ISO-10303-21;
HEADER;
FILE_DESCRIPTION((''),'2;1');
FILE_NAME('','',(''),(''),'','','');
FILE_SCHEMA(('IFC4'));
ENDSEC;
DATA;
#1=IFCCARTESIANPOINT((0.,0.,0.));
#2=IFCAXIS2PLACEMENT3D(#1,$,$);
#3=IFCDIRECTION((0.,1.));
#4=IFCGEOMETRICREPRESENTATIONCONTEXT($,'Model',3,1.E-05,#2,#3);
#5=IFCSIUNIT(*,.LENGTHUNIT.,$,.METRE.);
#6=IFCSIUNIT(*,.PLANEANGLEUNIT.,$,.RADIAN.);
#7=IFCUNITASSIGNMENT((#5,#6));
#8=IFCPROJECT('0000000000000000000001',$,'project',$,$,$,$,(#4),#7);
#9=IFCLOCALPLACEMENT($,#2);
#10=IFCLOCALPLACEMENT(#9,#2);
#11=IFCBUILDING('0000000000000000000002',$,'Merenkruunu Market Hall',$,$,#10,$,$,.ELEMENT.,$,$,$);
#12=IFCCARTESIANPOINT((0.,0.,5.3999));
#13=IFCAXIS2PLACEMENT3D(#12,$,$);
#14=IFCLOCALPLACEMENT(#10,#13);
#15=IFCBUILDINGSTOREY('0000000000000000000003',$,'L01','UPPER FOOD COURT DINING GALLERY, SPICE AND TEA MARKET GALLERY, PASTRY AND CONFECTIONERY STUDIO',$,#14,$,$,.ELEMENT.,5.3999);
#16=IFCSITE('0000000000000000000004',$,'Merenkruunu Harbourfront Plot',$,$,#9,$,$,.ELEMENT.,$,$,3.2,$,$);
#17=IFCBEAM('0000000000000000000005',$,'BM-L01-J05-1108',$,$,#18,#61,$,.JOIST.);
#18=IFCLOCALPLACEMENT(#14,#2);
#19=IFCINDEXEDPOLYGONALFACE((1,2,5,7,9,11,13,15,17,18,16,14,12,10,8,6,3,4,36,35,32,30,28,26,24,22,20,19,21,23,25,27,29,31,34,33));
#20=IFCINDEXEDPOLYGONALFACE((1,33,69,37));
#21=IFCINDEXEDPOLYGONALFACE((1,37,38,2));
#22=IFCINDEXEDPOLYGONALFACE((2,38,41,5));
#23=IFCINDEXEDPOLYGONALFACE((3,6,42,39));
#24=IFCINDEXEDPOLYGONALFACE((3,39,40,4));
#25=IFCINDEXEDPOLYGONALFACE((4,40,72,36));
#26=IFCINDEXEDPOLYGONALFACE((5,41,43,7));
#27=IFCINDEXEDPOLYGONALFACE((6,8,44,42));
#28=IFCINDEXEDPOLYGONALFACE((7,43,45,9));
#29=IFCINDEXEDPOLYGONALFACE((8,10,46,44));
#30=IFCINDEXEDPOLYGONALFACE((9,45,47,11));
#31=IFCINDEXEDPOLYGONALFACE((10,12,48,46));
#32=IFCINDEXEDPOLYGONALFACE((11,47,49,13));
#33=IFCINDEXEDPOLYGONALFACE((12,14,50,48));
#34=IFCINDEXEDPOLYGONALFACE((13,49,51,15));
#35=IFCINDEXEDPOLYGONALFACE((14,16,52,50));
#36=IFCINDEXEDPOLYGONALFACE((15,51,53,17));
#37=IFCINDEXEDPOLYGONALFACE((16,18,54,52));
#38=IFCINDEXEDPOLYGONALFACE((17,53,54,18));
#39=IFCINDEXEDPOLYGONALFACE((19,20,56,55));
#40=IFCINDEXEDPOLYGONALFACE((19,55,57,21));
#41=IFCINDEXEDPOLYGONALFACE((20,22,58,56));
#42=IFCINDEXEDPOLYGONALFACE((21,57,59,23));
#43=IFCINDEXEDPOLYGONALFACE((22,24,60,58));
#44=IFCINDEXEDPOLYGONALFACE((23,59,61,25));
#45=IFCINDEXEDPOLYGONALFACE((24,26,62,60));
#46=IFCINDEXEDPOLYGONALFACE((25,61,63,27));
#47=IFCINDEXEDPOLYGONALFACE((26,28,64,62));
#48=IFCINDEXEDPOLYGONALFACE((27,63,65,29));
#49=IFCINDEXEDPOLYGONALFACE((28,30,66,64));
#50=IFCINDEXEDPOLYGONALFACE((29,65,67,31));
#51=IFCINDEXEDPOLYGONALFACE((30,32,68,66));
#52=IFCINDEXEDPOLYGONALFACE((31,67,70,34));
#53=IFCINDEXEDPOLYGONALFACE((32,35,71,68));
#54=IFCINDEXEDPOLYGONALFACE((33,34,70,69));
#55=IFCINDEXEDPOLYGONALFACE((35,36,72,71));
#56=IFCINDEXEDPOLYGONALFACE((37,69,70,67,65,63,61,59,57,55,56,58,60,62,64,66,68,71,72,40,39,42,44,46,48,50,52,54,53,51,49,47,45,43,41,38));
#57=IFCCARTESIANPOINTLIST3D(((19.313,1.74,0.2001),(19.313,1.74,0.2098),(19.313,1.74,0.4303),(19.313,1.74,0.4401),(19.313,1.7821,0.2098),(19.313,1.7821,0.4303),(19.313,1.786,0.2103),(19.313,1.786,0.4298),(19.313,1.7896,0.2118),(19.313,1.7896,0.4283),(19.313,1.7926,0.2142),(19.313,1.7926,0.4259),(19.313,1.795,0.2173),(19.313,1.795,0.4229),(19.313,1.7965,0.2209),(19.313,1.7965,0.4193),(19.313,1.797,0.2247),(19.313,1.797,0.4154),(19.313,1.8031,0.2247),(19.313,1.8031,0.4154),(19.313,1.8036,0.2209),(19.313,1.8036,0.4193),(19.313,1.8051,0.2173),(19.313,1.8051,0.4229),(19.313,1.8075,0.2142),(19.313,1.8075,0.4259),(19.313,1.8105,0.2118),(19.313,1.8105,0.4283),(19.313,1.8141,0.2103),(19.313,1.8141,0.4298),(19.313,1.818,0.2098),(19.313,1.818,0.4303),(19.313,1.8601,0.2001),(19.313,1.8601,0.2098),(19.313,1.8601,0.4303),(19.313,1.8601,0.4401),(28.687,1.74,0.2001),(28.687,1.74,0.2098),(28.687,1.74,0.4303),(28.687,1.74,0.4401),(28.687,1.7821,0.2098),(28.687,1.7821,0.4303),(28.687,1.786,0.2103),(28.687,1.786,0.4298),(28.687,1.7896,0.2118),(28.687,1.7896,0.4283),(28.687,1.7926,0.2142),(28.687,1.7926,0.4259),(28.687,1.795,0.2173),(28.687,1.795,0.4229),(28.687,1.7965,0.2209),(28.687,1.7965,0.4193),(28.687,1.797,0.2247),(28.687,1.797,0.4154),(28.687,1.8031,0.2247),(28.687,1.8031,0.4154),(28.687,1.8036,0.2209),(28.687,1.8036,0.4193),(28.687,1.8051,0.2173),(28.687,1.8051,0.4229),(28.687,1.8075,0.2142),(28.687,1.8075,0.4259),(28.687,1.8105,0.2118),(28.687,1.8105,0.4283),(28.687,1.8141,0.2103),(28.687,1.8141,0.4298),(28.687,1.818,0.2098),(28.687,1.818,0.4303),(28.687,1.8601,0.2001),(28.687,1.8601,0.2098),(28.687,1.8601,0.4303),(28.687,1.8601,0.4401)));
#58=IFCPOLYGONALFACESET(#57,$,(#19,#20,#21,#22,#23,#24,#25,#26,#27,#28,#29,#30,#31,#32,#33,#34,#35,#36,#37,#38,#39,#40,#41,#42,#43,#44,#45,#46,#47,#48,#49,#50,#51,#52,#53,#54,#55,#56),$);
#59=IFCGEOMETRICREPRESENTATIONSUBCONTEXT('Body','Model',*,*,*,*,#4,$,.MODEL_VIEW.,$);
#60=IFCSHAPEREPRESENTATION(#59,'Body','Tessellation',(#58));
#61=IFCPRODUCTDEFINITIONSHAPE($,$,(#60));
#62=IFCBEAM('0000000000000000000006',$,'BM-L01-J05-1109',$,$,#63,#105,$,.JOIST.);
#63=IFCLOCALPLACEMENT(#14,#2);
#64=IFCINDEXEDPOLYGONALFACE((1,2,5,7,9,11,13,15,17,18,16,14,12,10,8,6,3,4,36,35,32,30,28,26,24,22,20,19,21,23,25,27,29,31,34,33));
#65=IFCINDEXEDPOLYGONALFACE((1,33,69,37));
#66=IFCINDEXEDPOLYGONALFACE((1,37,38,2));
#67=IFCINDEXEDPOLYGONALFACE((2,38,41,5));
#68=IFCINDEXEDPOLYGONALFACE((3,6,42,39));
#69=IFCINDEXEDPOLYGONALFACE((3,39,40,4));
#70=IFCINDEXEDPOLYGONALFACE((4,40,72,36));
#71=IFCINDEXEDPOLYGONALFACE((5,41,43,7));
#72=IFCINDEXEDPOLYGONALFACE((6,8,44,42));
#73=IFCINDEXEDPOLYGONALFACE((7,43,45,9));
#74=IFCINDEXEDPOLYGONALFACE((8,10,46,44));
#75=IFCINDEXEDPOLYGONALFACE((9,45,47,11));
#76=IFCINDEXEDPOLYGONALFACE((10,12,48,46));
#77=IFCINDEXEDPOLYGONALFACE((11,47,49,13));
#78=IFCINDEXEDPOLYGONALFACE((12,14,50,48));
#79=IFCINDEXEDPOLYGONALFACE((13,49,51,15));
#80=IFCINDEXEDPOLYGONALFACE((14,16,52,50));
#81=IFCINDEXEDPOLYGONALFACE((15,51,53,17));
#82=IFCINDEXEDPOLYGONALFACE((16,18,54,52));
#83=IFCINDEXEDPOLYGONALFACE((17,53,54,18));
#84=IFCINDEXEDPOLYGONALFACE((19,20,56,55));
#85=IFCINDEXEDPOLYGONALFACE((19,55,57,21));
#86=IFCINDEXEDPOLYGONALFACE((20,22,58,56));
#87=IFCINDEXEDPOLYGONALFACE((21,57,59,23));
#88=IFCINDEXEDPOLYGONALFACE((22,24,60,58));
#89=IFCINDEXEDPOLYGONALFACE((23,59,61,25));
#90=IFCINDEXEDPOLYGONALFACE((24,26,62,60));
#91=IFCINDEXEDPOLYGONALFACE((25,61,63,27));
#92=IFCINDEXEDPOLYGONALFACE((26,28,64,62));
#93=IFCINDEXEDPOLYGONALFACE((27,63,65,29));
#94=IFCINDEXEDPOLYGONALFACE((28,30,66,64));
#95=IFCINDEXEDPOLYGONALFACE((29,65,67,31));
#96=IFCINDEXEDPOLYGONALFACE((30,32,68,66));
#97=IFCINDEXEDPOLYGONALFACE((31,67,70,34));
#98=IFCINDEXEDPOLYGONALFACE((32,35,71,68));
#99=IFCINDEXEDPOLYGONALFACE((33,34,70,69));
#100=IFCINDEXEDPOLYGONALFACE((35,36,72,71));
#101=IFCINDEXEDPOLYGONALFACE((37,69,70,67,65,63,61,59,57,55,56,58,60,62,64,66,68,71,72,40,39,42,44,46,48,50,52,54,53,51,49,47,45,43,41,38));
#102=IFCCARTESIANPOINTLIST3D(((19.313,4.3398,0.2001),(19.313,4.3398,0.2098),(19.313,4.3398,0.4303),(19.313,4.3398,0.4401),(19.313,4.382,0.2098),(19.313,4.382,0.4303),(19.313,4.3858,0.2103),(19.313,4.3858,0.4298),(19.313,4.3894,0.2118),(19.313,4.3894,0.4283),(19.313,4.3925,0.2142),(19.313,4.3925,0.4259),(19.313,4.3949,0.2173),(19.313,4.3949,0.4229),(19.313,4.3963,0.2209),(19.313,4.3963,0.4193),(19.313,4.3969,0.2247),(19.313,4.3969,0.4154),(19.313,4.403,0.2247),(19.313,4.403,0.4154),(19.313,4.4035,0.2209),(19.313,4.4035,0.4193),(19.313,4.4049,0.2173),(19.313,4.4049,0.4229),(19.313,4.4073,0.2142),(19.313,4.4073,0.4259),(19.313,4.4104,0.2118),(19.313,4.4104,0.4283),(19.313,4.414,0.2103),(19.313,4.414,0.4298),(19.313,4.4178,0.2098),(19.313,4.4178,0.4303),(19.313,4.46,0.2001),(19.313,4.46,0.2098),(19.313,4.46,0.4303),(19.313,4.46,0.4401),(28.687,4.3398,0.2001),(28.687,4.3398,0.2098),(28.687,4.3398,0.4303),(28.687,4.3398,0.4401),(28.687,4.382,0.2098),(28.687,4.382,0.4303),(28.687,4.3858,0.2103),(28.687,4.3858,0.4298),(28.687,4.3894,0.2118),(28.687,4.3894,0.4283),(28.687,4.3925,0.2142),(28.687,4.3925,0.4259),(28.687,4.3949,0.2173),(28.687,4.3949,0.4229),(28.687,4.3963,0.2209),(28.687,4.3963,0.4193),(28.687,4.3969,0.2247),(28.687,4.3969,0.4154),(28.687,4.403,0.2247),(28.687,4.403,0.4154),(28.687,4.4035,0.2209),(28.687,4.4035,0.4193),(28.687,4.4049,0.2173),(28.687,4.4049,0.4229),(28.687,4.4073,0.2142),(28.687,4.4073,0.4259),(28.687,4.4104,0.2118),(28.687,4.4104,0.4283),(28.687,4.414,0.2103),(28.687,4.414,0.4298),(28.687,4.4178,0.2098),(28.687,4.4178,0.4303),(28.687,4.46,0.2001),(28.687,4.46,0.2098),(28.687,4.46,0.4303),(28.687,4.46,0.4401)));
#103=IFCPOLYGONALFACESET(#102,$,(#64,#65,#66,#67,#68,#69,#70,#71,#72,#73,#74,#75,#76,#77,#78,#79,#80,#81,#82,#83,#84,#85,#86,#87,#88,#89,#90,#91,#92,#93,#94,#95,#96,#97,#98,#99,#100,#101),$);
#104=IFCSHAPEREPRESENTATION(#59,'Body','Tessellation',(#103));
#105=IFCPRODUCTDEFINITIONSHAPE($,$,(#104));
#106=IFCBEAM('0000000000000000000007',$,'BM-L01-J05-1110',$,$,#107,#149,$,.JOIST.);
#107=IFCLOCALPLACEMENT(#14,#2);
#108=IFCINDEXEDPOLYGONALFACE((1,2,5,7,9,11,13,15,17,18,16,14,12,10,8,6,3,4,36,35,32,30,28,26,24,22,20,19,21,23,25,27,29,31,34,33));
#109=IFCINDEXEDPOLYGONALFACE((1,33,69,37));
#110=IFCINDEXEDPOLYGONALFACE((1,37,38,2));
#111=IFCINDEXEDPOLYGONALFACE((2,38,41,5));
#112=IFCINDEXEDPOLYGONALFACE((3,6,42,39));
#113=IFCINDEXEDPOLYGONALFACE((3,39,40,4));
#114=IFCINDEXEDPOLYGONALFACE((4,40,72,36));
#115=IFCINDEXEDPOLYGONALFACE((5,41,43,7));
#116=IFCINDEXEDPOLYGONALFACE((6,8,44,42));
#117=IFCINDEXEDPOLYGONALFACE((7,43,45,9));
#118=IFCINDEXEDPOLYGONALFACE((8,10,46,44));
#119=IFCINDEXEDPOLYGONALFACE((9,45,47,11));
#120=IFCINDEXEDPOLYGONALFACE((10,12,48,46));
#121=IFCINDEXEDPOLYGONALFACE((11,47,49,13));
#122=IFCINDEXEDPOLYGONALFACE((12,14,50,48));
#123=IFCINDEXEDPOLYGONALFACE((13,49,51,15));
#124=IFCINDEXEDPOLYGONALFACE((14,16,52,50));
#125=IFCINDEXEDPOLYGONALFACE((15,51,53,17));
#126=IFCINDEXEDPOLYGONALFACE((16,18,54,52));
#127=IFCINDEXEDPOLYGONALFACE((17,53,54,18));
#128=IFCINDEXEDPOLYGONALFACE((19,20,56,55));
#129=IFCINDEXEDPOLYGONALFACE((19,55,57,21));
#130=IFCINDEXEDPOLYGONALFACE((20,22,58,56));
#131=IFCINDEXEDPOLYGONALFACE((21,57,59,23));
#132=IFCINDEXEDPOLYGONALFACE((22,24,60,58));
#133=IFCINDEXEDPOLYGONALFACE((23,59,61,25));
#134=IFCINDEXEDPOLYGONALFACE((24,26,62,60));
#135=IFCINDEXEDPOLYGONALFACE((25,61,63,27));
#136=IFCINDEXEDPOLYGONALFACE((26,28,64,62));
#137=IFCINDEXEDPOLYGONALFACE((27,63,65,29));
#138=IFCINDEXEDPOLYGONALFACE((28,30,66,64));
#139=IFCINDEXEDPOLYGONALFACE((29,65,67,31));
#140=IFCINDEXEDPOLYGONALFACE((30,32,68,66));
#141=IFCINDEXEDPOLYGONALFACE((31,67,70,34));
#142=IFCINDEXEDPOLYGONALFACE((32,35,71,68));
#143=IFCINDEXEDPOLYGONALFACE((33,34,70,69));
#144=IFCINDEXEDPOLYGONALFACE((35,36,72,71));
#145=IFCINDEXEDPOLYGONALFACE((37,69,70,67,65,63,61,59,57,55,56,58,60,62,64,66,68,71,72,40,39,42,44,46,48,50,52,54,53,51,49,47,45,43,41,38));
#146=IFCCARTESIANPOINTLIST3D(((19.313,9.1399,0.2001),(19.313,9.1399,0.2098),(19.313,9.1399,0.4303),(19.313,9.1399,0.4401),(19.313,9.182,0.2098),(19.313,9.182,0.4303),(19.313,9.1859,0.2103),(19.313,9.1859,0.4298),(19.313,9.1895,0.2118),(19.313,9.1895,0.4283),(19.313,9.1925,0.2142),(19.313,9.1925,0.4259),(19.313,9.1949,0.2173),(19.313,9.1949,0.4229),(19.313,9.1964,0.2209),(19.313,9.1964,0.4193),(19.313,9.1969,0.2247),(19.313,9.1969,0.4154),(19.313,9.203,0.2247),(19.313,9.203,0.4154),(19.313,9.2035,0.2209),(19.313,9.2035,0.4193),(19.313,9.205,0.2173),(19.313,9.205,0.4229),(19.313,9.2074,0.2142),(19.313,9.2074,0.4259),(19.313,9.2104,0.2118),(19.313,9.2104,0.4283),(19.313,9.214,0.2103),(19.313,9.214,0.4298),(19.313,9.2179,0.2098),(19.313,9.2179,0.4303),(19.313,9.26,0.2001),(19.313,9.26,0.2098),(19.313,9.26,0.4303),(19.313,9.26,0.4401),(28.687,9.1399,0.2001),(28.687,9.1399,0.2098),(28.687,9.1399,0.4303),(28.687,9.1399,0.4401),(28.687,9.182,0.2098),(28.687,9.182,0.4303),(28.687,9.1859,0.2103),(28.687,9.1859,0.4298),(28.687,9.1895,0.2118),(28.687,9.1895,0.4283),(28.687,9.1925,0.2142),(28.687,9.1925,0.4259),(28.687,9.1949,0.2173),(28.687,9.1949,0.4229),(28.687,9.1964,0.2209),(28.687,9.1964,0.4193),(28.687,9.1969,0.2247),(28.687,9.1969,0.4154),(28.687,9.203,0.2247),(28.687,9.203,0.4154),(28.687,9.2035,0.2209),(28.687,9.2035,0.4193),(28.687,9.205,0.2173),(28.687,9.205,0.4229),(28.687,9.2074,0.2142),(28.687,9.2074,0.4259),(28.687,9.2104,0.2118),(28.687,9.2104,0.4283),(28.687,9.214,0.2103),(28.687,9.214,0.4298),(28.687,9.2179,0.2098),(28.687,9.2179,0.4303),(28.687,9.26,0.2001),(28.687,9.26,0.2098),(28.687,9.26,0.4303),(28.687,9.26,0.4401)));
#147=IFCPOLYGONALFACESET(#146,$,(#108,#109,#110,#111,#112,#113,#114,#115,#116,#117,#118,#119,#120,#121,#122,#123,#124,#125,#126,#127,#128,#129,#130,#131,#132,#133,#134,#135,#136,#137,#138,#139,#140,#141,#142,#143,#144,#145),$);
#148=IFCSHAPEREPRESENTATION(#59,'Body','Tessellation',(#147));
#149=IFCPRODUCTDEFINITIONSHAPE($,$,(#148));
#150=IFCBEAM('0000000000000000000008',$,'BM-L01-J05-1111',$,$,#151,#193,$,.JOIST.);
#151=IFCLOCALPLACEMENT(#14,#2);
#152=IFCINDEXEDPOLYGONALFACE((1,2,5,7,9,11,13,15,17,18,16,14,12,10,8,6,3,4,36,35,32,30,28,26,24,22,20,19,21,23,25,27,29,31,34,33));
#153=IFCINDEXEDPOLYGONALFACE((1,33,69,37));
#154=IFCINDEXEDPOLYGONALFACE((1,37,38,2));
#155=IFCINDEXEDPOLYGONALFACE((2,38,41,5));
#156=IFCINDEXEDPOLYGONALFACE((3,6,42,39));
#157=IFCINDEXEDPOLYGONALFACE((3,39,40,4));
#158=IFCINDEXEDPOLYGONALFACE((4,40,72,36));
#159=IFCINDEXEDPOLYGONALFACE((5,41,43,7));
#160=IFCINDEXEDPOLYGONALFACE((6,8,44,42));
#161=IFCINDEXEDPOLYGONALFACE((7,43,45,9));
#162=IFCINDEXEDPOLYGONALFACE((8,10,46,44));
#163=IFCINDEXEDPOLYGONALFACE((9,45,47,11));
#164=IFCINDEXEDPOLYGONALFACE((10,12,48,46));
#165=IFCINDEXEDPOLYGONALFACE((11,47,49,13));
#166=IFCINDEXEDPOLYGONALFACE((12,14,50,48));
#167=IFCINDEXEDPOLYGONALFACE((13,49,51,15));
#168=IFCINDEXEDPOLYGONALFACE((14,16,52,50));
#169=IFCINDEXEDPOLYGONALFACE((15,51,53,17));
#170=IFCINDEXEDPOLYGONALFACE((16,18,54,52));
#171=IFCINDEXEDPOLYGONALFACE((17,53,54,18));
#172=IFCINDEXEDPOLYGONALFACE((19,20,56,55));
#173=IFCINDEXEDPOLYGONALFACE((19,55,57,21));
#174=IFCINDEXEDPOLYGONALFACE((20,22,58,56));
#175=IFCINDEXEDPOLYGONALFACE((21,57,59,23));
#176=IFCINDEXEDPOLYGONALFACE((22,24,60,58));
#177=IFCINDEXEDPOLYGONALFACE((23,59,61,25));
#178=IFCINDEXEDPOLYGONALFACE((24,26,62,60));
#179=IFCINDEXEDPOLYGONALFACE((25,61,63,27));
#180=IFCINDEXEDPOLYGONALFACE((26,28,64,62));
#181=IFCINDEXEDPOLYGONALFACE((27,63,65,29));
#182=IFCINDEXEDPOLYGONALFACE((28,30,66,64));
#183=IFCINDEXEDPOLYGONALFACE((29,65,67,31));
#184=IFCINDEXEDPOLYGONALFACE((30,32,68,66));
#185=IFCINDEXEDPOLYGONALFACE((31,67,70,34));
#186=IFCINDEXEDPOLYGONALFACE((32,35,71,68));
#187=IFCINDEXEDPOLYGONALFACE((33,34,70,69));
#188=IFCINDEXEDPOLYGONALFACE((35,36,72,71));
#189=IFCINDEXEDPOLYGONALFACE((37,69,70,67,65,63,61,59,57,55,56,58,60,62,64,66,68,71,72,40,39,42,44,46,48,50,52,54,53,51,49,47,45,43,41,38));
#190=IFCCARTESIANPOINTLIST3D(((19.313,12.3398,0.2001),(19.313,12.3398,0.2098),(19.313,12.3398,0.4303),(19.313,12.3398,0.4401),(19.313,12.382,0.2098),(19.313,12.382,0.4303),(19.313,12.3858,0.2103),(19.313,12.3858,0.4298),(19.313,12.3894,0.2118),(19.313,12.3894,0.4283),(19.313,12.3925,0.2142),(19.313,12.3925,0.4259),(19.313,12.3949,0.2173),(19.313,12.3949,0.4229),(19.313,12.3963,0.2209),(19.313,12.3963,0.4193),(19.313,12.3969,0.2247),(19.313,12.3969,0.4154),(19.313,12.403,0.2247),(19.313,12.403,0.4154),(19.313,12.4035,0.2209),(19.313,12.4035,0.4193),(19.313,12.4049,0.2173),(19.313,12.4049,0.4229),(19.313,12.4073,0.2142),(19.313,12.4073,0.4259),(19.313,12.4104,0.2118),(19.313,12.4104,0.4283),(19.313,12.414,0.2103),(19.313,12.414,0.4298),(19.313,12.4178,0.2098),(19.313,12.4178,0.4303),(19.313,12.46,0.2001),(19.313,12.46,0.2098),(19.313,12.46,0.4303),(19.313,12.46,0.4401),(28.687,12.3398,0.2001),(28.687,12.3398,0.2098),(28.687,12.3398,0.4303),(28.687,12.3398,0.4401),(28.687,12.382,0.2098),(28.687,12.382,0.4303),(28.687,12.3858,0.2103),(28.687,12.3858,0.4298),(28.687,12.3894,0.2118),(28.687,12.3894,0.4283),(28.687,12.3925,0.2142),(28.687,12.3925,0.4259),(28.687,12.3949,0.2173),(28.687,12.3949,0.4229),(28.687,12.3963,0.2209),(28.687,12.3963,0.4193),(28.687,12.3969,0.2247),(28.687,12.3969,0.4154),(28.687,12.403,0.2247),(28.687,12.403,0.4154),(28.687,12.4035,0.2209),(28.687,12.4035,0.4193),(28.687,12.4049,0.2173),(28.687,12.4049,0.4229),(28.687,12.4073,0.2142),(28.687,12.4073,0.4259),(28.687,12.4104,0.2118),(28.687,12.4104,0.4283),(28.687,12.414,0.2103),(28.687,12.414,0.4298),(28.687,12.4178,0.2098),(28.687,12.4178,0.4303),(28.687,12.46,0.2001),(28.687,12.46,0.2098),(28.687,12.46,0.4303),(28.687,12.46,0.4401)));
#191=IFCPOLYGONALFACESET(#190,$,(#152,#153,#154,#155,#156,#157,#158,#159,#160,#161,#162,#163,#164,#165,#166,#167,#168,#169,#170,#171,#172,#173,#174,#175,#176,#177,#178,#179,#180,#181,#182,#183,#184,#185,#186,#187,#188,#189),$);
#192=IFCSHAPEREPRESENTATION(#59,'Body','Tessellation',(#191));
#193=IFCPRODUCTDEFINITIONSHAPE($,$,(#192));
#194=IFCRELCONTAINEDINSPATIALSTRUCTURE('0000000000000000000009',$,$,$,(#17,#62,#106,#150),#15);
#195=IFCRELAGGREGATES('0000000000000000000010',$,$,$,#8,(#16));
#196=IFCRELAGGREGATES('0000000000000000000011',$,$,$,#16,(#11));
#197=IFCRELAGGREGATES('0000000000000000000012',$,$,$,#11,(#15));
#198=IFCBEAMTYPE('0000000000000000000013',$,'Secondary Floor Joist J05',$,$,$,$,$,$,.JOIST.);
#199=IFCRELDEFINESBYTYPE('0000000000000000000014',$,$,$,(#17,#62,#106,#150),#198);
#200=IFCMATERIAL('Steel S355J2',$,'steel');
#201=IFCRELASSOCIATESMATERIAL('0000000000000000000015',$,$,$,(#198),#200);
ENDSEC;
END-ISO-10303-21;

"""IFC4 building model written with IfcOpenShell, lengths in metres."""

from ifc_helpers import new_model, si_unit, direction, frame, origin, origin_2d, place, context, subcontext, project, spatial, i_section, extrude, material, material_profile, profile_set, type_object, element, save


model = new_model("IFC4")

# Units and contexts
model_context = context("Model", 3, precision=1e-05, world=origin(), true_north=direction((0.0, 1.0)))
body_context = subcontext(model_context, "Body", "Model", "MODEL_VIEW")
ifc_project = project(units=[si_unit("LENGTHUNIT", "METRE"), si_unit("PLANEANGLEUNIT", "RADIAN")], contexts=[model_context])

# Site, building, storey
site_placement = place(None, origin())
site = spatial("IfcSite", under=ifc_project, at=site_placement, Name="Merenkruunu Harbourfront Plot", CompositionType="ELEMENT", RefElevation=3.2)
building_placement = place(site_placement, origin())
building = spatial("IfcBuilding", under=site, at=building_placement, Name="Merenkruunu Market Hall", CompositionType="ELEMENT")
storey_placement = place(building_placement, frame((0.0, 0.0, 5.3999)))
storey = spatial("IfcBuildingStorey", under=building, at=storey_placement, Name="L01", Description="UPPER FOOD COURT DINING GALLERY, SPICE AND TEA MARKET GALLERY, PASTRY AND CONFECTIONERY STUDIO", CompositionType="ELEMENT", Elevation=5.3999)

# Beams
ifc_material_1 = material(Name="Steel S355J2", Category="steel")
ifc_material_profile_1 = material_profile(ifc_material_1, i_section(OverallWidth=0.1201, OverallDepth=0.24, WebThickness=0.0061, FlangeThickness=0.0098, FilletRadius=0.0149, at=origin_2d()), Name="IPE 240")
ifc_profile_set_1 = profile_set([ifc_material_profile_1], Name="Steel S355J2")
beam_type_1 = type_object("IfcBeamType", Name="Secondary Floor Joist J05", PredefinedType="JOIST", material=ifc_profile_set_1)
for number, where, z_axis, x_axis, name in (
    (1, (19.313, 1.8, 0.3201), (1.0, 0.0, 0.0), (0.0, 1.0, 0.0), "BM-L01-J05-1108"),
    (2, (19.313, 4.3999, 0.3201), (1.0, 0.0, 0.0), (0.0, 1.0, 0.0), "BM-L01-J05-1109"),
    (3, (19.313, 9.2, 0.3201), (1.0, 0.0, 0.0), (0.0, 1.0, 0.0), "BM-L01-J05-1110"),
    (4, (19.313, 12.3999, 0.3201), (1.0, 0.0, 0.0), (0.0, 1.0, 0.0), "BM-L01-J05-1111"),
):
    element("IfcBeam", number, at=place(storey_placement, frame(where, z_axis=z_axis, x_axis=x_axis)), inside=storey, type_object=beam_type_1, Name=name, PredefinedType="JOIST", context=body_context, shape_type="SweptSolid", body=[
        extrude(i_section(OverallWidth=0.1201, OverallDepth=0.24, WebThickness=0.0061, FlangeThickness=0.0098, FilletRadius=0.0149, at=origin_2d()), origin(), (0.0, 0.0, 1.0), 9.374),
    ])

save(model, "model.ifc")
